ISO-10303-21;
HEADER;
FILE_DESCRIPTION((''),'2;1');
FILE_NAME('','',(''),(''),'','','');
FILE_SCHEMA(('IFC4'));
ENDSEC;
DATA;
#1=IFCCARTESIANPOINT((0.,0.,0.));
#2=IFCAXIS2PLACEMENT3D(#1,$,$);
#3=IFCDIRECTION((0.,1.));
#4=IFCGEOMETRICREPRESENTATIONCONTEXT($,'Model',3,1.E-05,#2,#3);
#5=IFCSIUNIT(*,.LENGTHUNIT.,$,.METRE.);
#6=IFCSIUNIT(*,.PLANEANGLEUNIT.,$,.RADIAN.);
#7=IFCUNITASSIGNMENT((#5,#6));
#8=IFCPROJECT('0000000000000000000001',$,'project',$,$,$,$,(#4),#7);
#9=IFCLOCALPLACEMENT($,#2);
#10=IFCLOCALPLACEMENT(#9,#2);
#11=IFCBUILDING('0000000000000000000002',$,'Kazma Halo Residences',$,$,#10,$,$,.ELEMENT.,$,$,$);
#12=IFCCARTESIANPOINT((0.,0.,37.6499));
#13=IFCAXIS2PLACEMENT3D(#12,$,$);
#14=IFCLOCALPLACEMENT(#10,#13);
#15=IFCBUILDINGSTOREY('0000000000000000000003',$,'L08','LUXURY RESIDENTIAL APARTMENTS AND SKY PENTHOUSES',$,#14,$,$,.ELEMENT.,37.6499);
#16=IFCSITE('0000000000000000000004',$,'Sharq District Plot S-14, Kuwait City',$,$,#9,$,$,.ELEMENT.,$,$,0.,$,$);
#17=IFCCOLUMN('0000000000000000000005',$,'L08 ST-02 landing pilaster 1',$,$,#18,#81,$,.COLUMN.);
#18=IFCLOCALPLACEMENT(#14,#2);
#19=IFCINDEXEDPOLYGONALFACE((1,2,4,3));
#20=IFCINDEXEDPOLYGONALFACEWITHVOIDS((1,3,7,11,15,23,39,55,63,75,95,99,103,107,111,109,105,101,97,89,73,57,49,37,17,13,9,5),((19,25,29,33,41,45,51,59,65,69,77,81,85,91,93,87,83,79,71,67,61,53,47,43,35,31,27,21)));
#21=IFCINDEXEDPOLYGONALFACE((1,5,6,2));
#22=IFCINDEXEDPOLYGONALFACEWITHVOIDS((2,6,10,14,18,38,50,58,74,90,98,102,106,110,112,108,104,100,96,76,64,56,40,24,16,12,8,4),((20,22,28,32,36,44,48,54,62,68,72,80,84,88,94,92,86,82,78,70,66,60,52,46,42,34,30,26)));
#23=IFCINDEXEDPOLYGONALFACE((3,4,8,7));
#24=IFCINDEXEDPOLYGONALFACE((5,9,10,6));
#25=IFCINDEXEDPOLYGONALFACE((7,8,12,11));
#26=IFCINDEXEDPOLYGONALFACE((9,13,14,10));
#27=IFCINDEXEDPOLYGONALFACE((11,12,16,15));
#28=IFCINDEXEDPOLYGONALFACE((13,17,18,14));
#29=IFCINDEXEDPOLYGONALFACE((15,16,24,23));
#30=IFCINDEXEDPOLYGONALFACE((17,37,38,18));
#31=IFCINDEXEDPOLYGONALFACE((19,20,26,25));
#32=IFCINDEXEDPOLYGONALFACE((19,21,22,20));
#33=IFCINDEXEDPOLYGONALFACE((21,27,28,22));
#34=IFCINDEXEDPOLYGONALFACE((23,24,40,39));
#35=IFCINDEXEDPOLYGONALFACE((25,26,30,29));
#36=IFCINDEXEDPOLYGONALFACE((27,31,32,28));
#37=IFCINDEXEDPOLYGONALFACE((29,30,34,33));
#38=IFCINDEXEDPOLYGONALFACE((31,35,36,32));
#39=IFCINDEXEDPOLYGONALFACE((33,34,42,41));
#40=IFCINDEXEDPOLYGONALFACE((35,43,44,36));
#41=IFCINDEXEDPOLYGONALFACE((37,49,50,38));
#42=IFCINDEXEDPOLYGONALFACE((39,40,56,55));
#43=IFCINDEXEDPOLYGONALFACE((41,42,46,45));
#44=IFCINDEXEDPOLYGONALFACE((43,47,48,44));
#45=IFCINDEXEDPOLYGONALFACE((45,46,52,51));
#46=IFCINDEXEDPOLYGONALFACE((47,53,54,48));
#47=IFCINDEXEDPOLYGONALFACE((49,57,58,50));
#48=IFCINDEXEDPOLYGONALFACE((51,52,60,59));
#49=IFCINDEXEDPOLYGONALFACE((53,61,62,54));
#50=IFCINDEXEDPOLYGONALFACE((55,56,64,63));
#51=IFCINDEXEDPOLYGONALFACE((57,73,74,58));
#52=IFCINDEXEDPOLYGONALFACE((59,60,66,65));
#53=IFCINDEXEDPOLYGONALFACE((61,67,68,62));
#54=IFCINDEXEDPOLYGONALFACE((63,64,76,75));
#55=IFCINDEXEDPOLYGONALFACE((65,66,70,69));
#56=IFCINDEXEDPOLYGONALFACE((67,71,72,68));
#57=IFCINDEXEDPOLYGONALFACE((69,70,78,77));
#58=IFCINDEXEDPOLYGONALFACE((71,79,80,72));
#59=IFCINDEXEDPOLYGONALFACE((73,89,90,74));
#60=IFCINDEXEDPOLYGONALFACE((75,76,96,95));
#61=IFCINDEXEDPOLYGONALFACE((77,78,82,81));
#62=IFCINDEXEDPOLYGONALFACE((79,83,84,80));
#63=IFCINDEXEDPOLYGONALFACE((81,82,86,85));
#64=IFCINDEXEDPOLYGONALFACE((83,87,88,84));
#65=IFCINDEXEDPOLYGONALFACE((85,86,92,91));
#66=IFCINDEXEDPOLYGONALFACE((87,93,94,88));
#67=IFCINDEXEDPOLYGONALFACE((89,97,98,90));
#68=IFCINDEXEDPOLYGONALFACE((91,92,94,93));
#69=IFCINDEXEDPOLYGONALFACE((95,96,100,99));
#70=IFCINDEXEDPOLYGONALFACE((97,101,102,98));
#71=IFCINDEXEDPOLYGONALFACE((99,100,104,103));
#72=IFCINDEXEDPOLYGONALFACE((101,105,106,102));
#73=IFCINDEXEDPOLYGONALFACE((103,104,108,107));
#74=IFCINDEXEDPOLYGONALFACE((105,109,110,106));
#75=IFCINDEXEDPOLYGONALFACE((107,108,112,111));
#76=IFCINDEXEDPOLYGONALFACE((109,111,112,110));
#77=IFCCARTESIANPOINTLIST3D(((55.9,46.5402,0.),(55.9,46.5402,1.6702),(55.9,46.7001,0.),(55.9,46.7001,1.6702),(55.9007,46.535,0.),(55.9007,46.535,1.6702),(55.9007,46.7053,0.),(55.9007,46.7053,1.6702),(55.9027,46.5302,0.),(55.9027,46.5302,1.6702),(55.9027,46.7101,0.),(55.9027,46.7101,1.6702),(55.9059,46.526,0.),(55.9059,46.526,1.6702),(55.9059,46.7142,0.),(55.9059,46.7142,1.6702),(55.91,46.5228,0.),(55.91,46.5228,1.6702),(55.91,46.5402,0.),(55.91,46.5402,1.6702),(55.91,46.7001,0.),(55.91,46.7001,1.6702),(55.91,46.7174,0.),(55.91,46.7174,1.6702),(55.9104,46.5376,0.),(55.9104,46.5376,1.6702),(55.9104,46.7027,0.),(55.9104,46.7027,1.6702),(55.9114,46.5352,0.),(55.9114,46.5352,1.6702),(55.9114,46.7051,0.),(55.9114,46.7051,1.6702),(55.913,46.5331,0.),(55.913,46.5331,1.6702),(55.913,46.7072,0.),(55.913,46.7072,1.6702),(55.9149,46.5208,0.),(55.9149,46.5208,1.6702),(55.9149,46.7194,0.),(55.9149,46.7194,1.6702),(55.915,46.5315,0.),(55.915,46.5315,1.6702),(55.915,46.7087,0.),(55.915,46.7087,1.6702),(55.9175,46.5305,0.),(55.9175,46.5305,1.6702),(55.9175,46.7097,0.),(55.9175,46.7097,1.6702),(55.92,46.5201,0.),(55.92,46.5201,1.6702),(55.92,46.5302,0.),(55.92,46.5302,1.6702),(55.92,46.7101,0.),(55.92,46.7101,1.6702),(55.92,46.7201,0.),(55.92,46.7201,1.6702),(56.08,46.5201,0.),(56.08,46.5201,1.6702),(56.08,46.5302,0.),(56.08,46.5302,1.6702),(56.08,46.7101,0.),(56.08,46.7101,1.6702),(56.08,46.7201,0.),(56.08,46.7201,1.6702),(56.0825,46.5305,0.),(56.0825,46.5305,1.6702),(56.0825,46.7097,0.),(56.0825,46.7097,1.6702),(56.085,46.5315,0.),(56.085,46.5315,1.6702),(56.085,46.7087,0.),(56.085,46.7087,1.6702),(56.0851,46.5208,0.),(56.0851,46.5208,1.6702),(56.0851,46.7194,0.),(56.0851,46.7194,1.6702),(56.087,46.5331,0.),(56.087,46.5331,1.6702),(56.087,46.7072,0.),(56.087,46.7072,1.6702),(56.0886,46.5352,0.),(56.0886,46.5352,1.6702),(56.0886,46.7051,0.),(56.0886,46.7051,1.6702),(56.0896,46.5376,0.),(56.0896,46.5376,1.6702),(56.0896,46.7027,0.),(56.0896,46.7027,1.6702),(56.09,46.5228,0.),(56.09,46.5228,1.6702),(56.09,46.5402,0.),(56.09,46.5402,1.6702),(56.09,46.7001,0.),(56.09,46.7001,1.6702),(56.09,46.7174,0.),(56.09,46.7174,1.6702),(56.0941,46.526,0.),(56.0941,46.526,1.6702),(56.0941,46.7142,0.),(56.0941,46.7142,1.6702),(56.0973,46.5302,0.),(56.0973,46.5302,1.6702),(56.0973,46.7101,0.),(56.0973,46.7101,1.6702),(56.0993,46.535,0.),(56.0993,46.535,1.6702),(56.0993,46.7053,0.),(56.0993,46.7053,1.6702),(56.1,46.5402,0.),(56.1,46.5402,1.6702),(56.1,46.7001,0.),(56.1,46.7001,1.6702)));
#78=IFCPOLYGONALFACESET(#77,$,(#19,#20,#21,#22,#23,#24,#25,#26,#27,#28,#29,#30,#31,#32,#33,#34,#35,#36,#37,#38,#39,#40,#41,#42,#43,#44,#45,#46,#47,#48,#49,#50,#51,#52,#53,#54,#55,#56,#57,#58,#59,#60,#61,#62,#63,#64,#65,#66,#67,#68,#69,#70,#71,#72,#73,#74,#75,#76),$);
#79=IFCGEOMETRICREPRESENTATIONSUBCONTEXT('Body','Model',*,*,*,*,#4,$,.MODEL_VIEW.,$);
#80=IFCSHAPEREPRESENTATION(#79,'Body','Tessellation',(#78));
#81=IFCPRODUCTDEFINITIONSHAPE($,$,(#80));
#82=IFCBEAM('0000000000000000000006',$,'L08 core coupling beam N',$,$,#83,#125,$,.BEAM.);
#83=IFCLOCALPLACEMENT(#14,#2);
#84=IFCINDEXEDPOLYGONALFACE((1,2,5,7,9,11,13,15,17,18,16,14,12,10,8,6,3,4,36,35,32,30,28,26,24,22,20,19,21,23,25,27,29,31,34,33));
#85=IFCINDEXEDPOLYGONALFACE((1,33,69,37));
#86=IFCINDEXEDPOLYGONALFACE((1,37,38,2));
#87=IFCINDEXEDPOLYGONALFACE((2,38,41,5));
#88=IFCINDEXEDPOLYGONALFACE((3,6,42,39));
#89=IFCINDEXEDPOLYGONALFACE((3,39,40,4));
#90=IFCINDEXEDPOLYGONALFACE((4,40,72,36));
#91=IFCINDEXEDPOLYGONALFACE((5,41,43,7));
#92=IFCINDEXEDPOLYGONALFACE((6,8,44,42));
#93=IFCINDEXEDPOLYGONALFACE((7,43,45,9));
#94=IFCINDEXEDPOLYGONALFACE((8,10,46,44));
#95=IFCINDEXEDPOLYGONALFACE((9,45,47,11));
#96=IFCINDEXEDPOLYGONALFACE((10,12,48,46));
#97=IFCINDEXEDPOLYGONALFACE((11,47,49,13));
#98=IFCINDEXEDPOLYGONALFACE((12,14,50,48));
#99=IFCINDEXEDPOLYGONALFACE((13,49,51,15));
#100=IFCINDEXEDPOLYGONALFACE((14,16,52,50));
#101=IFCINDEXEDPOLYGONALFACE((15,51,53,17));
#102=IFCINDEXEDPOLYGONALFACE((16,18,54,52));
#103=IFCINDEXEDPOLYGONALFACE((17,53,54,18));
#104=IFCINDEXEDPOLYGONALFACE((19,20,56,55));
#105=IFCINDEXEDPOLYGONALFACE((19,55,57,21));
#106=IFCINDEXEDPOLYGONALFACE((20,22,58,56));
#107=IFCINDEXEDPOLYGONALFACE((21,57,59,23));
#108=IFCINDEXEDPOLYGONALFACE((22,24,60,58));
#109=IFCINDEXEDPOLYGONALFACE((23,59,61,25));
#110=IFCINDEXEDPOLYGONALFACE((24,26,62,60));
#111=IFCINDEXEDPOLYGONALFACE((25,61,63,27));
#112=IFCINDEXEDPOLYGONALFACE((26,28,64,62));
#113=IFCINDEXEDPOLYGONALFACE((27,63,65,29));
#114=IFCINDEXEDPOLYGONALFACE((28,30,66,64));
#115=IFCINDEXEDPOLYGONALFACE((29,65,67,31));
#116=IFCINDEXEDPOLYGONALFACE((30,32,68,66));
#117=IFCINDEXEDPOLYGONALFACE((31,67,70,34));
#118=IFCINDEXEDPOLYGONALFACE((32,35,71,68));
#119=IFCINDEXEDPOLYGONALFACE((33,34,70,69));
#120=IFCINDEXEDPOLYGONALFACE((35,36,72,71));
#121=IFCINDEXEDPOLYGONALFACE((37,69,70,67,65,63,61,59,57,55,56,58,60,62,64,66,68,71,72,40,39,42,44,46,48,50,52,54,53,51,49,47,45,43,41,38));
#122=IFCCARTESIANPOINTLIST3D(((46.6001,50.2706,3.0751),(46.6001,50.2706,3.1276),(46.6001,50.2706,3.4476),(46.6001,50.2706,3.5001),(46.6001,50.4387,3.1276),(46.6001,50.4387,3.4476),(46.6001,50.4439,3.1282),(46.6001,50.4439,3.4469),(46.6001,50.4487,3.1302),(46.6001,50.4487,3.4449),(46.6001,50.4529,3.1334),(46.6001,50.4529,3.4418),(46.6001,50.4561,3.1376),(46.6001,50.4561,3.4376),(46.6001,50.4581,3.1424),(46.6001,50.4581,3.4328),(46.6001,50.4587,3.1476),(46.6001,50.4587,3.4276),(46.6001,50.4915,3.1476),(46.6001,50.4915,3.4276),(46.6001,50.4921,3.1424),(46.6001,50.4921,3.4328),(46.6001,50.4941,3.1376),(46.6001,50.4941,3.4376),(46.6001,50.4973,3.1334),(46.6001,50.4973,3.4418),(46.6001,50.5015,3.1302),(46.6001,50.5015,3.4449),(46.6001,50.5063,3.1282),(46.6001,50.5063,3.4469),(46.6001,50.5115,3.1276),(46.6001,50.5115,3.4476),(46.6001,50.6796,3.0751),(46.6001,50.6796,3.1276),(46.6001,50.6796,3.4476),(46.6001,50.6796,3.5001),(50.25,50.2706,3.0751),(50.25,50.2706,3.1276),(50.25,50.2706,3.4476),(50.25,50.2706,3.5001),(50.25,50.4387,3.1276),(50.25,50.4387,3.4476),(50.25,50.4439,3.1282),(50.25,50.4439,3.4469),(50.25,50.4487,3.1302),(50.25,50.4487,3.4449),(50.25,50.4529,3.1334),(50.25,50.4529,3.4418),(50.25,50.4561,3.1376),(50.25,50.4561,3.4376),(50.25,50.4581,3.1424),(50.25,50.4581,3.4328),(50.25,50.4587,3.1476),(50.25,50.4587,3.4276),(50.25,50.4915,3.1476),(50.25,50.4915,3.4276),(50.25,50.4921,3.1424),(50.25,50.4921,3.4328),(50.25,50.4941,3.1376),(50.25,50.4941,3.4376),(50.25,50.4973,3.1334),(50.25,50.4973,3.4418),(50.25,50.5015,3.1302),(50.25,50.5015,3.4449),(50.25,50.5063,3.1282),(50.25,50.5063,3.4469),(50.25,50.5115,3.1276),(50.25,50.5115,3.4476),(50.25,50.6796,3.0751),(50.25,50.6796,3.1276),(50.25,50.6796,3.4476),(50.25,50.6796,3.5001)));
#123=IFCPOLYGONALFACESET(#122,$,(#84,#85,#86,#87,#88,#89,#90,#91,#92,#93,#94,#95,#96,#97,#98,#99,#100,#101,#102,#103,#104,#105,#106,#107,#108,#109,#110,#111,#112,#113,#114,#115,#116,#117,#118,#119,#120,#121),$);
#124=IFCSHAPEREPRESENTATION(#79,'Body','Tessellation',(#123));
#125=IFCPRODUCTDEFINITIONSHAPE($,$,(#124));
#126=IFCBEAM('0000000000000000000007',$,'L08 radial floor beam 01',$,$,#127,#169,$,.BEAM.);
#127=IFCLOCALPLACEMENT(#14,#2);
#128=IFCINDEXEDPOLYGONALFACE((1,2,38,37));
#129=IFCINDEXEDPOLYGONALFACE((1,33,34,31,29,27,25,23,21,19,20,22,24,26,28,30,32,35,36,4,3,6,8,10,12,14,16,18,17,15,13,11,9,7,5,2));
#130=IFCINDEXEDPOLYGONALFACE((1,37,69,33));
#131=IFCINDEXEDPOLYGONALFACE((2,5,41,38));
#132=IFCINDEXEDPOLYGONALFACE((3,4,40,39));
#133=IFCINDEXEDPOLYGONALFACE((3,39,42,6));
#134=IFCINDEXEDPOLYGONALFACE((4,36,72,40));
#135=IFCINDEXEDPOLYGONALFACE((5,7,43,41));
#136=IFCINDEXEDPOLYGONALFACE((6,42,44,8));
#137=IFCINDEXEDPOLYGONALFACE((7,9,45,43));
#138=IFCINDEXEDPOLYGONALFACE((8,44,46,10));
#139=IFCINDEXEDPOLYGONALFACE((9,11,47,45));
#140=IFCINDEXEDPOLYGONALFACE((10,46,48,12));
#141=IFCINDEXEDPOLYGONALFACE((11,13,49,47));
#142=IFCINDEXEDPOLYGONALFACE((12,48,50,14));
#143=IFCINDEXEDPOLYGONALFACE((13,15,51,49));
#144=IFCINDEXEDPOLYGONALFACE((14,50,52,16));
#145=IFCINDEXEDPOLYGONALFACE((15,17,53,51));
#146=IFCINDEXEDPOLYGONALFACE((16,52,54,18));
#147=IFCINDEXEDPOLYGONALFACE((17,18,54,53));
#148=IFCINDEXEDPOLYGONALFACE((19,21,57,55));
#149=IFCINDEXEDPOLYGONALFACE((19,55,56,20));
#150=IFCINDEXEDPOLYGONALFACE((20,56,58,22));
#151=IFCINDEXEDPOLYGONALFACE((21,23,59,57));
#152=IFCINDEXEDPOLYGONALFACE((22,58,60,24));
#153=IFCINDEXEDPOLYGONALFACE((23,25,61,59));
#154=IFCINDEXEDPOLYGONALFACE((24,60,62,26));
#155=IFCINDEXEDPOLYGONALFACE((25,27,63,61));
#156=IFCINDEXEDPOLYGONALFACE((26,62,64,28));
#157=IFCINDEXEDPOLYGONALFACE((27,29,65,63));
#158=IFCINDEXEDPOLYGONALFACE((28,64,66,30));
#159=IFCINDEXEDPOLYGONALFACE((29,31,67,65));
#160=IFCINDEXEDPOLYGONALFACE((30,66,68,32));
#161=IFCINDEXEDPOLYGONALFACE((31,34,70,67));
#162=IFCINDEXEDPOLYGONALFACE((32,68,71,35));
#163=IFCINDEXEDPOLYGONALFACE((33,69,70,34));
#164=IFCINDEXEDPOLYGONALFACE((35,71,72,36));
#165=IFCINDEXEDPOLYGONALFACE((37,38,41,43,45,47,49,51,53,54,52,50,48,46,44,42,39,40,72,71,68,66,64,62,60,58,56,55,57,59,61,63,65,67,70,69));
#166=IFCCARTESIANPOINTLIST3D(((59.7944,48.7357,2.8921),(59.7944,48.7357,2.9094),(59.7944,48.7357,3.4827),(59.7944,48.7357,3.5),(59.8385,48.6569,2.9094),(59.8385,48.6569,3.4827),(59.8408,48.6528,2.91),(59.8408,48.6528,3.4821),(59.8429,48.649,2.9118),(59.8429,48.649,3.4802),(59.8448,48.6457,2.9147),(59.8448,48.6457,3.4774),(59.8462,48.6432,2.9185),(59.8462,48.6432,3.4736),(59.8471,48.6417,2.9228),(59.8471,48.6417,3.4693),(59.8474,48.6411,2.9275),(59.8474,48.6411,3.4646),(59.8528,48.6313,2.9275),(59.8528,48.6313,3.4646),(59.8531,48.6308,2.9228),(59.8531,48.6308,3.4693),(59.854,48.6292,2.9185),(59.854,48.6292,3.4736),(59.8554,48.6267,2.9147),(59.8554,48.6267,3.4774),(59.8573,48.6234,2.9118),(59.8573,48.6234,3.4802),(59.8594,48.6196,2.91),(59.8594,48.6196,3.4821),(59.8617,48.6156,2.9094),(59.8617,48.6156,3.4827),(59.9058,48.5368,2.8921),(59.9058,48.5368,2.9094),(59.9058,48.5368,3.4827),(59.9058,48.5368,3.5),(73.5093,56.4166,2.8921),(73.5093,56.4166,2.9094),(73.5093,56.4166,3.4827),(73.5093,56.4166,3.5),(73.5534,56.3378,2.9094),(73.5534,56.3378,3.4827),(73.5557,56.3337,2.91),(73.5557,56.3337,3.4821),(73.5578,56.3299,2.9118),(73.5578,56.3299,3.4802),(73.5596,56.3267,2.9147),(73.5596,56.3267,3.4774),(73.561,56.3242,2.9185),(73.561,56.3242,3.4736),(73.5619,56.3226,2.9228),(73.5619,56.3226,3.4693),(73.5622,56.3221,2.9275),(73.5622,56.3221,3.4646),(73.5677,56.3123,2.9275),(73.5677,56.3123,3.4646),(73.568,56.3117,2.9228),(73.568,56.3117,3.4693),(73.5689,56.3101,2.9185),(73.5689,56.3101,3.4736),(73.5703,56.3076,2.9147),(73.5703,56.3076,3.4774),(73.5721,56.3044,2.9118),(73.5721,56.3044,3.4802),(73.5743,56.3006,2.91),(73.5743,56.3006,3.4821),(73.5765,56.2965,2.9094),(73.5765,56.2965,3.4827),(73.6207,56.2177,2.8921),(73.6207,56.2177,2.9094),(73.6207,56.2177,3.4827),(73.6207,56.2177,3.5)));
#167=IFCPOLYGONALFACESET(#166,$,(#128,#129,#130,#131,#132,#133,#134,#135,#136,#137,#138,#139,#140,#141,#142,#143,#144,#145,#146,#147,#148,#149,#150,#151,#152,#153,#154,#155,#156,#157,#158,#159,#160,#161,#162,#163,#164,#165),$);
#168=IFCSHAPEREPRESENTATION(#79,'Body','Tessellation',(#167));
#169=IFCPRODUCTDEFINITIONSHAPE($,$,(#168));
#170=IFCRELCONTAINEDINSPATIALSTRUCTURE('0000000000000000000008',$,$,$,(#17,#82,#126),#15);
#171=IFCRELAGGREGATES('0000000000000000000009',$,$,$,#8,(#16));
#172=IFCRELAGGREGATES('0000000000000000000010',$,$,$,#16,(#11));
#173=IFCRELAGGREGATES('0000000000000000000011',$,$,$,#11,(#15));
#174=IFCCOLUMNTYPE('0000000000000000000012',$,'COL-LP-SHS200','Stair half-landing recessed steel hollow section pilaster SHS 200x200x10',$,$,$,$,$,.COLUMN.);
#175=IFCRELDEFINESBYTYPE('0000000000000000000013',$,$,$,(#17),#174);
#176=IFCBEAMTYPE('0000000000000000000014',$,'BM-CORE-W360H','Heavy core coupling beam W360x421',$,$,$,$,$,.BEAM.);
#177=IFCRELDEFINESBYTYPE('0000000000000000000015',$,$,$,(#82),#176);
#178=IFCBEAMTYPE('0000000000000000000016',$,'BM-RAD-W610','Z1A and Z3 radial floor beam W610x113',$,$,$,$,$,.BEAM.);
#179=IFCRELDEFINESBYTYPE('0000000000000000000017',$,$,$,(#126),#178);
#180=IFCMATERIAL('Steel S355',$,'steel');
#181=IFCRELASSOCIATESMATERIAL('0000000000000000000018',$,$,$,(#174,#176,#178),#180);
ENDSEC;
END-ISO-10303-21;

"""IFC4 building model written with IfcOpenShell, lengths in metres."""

from ifc_helpers import new_model, si_unit, direction, frame, origin, origin_2d, place, context, subcontext, project, spatial, hollow_rectangle, i_section, extrude, material, material_profile, profile_set, type_object, element, save


model = new_model("IFC4")

# Units and contexts
model_context = context("Model", 3, precision=1e-05, world=origin(), true_north=direction((0.0, 1.0)))
body_context = subcontext(model_context, "Body", "Model", "MODEL_VIEW")
ifc_project = project(units=[si_unit("LENGTHUNIT", "METRE"), si_unit("PLANEANGLEUNIT", "RADIAN")], contexts=[model_context])

# Site, building, storey
site_placement = place(None, origin())
site = spatial("IfcSite", under=ifc_project, at=site_placement, Name="Sharq District Plot S-14, Kuwait City", CompositionType="ELEMENT", RefElevation=0.0)
building_placement = place(site_placement, origin())
building = spatial("IfcBuilding", under=site, at=building_placement, Name="Kazma Halo Residences", CompositionType="ELEMENT")
storey_placement = place(building_placement, frame((0.0, 0.0, 37.6499)))
storey = spatial("IfcBuildingStorey", under=building, at=storey_placement, Name="L08", Description="LUXURY RESIDENTIAL APARTMENTS AND SKY PENTHOUSES", CompositionType="ELEMENT", Elevation=37.6499)

# Column
ifc_material_1 = material(Name="Steel S355", Category="steel")
ifc_material_profile_1 = material_profile(ifc_material_1, hollow_rectangle(XDim=0.2, YDim=0.2, WallThickness=0.01, InnerFilletRadius=0.01, OuterFilletRadius=0.02, at=origin_2d()), Name="SHS200x200x10")
ifc_profile_set_1 = profile_set([ifc_material_profile_1], Name="Steel S355")
column_type = type_object("IfcColumnType", Name="COL-LP-SHS200", Description="Stair half-landing recessed steel hollow section pilaster SHS 200x200x10", PredefinedType="COLUMN", material=ifc_profile_set_1)
column_placement = place(storey_placement, frame((56.0, 46.6201, 0.0), z_axis=(0.0, 0.0, 1.0), x_axis=(1.0, 0.0, 0.0)))
element("IfcColumn", 1, at=column_placement, inside=storey, type_object=column_type, Name="L08 ST-02 landing pilaster 1", PredefinedType="COLUMN", context=body_context, shape_type="SweptSolid", body=[
    extrude(hollow_rectangle(XDim=0.2, YDim=0.2, WallThickness=0.01, InnerFilletRadius=0.01, OuterFilletRadius=0.02, at=origin_2d()), origin(), (0.0, 0.0, 1.0), 1.6702),
])

# Beams
ifc_material_profile_2 = material_profile(ifc_material_1, i_section(OverallWidth=0.4089, OverallDepth=0.425, WebThickness=0.0327, FlangeThickness=0.0525, FilletRadius=0.02, at=origin_2d()), Name="W360x421")
ifc_profile_set_2 = profile_set([ifc_material_profile_2], Name="Steel S355")
beam_type_1 = type_object("IfcBeamType", Name="BM-CORE-W360H", Description="Heavy core coupling beam W360x421", PredefinedType="BEAM", material=ifc_profile_set_2)
beam_1_placement = place(storey_placement, frame((46.6001, 50.4751, 3.2876), z_axis=(1.0, 0.0, 0.0), x_axis=(0.0, 1.0, 0.0)))
element("IfcBeam", 2, at=beam_1_placement, inside=storey, type_object=beam_type_1, Name="L08 core coupling beam N", PredefinedType="BEAM", context=body_context, shape_type="SweptSolid", body=[
    extrude(i_section(OverallWidth=0.4089, OverallDepth=0.425, WebThickness=0.0327, FlangeThickness=0.0525, FilletRadius=0.02, at=origin_2d()), origin(), (0.0, 0.0, 1.0), 3.6499),
])
ifc_material_profile_3 = material_profile(ifc_material_1, i_section(OverallWidth=0.228, OverallDepth=0.6079, WebThickness=0.0112, FlangeThickness=0.0173, FilletRadius=0.0181, at=origin_2d()), Name="W610x113")
ifc_profile_set_3 = profile_set([ifc_material_profile_3], Name="Steel S355")
beam_type_2 = type_object("IfcBeamType", Name="BM-RAD-W610", Description="Z1A and Z3 radial floor beam W610x113", PredefinedType="BEAM", material=ifc_profile_set_3)
beam_2_placement = place(storey_placement, frame((59.8501, 48.6362, 3.196), z_axis=(0.87249, 0.488632, 0.0), x_axis=(-0.488632, 0.87249, 0.0)))
element("IfcBeam", 3, at=beam_2_placement, inside=storey, type_object=beam_type_2, Name="L08 radial floor beam 01", PredefinedType="BEAM", context=body_context, shape_type="SweptSolid", body=[
    extrude(i_section(OverallWidth=0.228, OverallDepth=0.6079, WebThickness=0.0112, FlangeThickness=0.0173, FilletRadius=0.0181, at=origin_2d()), origin(), (0.0, 0.0, 1.0), 15.7192),
])

save(model, "model.ifc")
